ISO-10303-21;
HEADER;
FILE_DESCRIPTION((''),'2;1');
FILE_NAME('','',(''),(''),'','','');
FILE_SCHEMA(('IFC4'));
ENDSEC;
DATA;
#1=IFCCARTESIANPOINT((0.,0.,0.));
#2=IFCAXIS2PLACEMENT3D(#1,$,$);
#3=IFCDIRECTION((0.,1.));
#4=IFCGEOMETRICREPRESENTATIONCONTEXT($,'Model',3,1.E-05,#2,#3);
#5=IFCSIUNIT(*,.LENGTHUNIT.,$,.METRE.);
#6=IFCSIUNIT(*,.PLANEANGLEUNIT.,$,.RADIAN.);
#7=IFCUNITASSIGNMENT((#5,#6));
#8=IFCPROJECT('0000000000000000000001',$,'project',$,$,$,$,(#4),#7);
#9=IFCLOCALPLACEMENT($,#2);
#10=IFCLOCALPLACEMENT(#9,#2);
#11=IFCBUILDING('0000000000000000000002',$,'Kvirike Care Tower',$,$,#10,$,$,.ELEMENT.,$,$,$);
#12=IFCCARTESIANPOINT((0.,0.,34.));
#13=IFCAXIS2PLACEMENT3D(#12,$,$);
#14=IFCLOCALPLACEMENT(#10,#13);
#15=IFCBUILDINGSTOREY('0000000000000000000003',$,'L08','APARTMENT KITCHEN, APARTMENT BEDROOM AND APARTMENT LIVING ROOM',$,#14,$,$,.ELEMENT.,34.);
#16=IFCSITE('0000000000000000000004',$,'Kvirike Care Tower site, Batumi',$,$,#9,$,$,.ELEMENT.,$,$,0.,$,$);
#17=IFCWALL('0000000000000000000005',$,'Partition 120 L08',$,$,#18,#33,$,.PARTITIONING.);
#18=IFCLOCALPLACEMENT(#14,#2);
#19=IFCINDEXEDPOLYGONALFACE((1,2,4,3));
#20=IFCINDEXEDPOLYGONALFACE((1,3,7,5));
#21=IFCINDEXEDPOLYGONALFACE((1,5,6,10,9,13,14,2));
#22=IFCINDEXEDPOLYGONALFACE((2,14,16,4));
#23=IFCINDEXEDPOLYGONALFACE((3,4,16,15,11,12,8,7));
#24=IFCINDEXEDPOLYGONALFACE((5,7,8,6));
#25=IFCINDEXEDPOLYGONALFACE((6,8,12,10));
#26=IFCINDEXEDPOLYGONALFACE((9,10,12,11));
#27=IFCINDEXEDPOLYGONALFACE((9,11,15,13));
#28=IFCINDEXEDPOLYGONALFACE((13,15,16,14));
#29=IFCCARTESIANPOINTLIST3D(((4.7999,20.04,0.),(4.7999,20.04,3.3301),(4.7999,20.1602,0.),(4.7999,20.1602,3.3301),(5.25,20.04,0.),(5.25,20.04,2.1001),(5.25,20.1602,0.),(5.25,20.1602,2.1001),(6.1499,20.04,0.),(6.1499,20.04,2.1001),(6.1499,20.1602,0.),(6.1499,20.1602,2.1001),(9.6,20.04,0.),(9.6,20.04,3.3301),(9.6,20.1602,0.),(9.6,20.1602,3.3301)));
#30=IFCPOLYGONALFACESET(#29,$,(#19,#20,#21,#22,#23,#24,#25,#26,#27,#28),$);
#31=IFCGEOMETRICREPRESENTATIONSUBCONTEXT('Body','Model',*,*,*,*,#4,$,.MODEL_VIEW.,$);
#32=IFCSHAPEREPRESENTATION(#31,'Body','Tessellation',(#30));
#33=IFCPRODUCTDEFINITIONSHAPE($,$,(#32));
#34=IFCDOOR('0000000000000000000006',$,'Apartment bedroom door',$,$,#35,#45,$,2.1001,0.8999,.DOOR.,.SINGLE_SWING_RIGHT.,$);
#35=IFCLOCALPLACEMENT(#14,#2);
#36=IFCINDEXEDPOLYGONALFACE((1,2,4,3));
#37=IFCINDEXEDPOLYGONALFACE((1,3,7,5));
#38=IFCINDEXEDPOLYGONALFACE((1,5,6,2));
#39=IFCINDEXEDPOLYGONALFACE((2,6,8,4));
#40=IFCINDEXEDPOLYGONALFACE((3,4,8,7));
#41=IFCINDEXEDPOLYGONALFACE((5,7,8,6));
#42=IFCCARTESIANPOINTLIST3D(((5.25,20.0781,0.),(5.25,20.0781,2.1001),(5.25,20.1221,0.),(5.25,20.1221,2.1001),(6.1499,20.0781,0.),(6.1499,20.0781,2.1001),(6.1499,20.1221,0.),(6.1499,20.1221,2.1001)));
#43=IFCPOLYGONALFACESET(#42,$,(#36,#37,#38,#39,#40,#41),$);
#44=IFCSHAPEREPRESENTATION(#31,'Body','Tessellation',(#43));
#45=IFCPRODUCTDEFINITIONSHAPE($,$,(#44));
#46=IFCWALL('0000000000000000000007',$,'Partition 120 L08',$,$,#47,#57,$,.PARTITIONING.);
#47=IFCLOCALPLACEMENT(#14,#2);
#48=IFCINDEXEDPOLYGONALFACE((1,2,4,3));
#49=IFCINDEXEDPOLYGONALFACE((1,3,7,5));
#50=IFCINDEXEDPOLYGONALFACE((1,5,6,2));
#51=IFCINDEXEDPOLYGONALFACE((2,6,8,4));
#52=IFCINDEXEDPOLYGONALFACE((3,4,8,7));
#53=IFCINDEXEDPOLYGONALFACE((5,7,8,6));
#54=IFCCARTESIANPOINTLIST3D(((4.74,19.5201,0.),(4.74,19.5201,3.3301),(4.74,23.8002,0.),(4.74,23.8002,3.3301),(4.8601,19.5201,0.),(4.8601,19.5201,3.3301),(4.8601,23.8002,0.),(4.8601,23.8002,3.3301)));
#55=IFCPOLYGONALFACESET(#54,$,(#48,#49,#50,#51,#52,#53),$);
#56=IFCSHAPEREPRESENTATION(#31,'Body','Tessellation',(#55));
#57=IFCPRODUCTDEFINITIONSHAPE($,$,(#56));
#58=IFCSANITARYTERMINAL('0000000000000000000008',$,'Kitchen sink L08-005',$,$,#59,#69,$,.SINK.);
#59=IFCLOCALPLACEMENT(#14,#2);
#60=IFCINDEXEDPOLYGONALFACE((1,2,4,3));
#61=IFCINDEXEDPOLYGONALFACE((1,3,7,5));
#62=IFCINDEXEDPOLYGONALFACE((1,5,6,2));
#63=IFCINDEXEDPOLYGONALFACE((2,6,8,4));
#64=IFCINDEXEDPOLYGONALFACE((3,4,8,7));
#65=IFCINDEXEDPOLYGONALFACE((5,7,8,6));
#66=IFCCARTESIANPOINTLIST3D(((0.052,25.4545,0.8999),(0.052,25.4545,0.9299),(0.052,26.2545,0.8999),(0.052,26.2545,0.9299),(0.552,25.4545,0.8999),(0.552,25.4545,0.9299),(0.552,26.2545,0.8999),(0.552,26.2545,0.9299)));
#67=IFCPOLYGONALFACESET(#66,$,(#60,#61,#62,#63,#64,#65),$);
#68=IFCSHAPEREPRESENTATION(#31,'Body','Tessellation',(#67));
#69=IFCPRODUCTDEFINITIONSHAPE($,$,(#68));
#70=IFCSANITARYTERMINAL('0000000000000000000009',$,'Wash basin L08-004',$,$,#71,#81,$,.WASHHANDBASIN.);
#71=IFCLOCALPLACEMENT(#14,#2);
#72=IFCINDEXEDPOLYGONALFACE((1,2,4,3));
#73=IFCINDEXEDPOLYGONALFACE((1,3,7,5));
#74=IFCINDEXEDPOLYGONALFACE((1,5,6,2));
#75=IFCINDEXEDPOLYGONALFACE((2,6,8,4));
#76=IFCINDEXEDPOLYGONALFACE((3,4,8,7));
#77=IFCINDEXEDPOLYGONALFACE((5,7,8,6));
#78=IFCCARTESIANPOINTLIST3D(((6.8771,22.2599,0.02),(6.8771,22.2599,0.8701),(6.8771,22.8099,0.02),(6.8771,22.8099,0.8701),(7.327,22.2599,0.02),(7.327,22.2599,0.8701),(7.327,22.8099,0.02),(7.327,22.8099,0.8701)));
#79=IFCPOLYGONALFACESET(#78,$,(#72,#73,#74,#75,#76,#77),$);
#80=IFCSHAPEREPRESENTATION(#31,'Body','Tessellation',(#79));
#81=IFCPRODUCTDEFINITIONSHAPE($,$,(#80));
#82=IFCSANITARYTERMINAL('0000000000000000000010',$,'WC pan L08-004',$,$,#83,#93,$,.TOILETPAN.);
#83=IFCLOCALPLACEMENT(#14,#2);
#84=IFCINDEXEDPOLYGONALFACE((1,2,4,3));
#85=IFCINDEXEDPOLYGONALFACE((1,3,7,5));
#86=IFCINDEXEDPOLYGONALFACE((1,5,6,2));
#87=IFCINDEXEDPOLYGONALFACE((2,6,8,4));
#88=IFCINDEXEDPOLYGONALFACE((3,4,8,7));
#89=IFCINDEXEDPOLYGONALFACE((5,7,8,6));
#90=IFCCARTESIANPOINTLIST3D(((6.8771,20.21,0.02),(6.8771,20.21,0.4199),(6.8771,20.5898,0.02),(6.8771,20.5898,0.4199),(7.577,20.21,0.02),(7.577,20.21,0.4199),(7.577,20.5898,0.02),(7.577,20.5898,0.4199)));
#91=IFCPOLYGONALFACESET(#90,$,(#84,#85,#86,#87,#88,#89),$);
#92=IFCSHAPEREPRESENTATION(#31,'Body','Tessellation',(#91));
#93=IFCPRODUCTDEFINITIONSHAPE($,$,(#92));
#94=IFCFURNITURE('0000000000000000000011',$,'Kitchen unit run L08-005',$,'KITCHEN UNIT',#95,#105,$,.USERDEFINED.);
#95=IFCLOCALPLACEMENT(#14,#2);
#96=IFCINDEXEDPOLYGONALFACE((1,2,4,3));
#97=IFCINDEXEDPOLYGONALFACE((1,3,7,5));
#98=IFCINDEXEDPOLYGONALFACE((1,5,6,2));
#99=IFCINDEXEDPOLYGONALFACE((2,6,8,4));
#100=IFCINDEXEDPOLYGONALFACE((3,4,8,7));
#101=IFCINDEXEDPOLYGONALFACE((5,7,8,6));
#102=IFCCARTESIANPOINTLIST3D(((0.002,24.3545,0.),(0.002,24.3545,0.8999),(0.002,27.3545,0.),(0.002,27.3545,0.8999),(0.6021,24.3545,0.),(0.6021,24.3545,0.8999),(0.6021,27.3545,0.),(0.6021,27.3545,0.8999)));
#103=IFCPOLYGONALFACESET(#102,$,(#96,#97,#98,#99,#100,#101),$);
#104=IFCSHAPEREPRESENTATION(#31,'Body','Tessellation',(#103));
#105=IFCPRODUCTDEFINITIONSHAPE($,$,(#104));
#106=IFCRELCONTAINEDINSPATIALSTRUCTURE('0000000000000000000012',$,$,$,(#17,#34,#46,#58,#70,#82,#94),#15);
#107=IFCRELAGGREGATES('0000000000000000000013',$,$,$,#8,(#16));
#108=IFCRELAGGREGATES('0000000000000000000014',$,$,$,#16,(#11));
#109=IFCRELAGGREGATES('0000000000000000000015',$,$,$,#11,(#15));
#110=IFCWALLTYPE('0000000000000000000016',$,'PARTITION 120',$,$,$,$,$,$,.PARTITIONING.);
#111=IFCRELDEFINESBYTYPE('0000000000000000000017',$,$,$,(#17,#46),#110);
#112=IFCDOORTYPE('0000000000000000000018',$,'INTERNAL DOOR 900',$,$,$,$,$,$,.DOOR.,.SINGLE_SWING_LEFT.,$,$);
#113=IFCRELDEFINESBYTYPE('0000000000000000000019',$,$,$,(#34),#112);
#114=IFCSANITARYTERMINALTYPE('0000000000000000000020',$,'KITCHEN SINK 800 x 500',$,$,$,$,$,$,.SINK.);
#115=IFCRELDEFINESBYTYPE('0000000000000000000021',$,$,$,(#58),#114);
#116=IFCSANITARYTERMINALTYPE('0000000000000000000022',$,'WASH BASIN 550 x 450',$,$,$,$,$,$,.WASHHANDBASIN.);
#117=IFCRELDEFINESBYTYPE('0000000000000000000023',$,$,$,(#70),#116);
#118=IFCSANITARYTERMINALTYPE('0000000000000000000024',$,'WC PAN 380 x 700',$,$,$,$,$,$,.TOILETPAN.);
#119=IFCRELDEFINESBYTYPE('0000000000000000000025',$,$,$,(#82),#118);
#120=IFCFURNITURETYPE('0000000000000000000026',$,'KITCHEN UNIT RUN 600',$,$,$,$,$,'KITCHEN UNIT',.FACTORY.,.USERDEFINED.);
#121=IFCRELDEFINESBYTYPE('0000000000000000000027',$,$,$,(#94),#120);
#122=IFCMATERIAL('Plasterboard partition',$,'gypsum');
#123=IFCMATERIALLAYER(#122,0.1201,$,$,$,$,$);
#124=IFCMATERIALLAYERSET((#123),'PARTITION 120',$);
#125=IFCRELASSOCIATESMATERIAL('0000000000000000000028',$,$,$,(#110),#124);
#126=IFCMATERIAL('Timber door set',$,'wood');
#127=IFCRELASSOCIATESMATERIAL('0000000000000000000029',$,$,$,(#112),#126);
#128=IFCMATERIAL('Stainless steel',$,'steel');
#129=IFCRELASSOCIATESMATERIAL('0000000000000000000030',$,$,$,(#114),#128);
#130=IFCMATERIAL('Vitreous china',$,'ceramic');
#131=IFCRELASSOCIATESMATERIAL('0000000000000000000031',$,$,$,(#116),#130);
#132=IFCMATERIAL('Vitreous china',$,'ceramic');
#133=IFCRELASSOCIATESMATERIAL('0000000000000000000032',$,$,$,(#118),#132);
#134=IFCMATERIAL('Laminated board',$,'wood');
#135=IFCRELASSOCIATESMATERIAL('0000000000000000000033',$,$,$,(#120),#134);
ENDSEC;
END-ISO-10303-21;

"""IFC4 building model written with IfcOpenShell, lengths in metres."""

from ifc_helpers import new_model, si_unit, direction, frame, frame_2d, origin, origin_2d, place, context, subcontext, project, spatial, rectangle, extrude, material, layer, layer_set, type_object, element, fill, save


model = new_model("IFC4")

# Units and contexts
model_context = context("Model", 3, precision=1e-05, world=origin(), true_north=direction((0.0, 1.0)))
body_context = subcontext(model_context, "Body", "Model", "MODEL_VIEW")
ifc_project = project(units=[si_unit("LENGTHUNIT", "METRE"), si_unit("PLANEANGLEUNIT", "RADIAN")], contexts=[model_context])

# Site, building, storey
site_placement = place(None, origin())
site = spatial("IfcSite", under=ifc_project, at=site_placement, Name="Kvirike Care Tower site, Batumi", CompositionType="ELEMENT", RefElevation=0.0)
building_placement = place(site_placement, origin())
building = spatial("IfcBuilding", under=site, at=building_placement, Name="Kvirike Care Tower", CompositionType="ELEMENT")
storey_placement = place(building_placement, frame((0.0, 0.0, 34.0)))
storey = spatial("IfcBuildingStorey", under=building, at=storey_placement, Name="L08", Description="APARTMENT KITCHEN, APARTMENT BEDROOM AND APARTMENT LIVING ROOM", CompositionType="ELEMENT", Elevation=34.0)

# Wall, opening, door
ifc_material_1 = material(Name="Plasterboard partition", Category="gypsum")
ifc_layer_1 = layer(ifc_material_1, 0.1201)
ifc_layer_set_1 = layer_set([ifc_layer_1], Name="PARTITION 120")
wall_type_1 = type_object("IfcWallType", Name="PARTITION 120", PredefinedType="PARTITIONING", material=ifc_layer_set_1)
ifc_material_2 = material(Name="Timber door set", Category="wood")
door_type_1 = type_object("IfcDoorType", Name="INTERNAL DOOR 900", OperationType="SINGLE_SWING_LEFT", PredefinedType="DOOR", material=ifc_material_2)
wall_1_placement = place(storey_placement, frame((4.8, 20.1001, 0.0), z_axis=(0.0, 0.0, 1.0), x_axis=(1.0, 0.0, 0.0)))
wall_1 = element("IfcWall", 1, at=wall_1_placement, inside=storey, type_object=wall_type_1, Name="Partition 120 L08", PredefinedType="PARTITIONING", context=body_context, shape_type="SweptSolid", body=[
    extrude(rectangle(XDim=4.8, YDim=0.1201, at=frame_2d((2.3999, 0.0))), origin(), (0.0, 0.0, 1.0), 3.3301),
])
opening_1_placement = place(wall_1_placement, frame((0.45, 0.0, 0.0)))
opening_1 = element("IfcOpeningElement", 2, at=opening_1_placement, cuts=wall_1, PredefinedType="OPENING", context=body_context, shape_type="SweptSolid", body=[
    extrude(rectangle(XDim=0.8999, YDim=2.1001, at=frame_2d((0.45, 1.05))), frame((0.0, 0.0706, 0.0), z_axis=(0.0, -1.0, 0.0), x_axis=(1.0, 0.0, 0.0)), (0.0, 0.0, 1.0), 0.1411),
])
door_1_placement = place(opening_1_placement, origin())
door_1 = element("IfcDoor", 3, at=door_1_placement, inside=storey, type_object=door_type_1, Name="Apartment bedroom door", OperationType="SINGLE_SWING_RIGHT", OverallHeight=2.1001, OverallWidth=0.8999, PredefinedType="DOOR", context=body_context, shape_type="SweptSolid", body=[
    extrude(rectangle(XDim=0.8999, YDim=2.1001, at=frame_2d((0.45, 1.05))), frame((0.0, 0.022, 0.0), z_axis=(0.0, -1.0, 0.0), x_axis=(1.0, 0.0, 0.0)), (0.0, 0.0, 1.0), 0.0439),
])
fill(opening_1, door_1)

# Wall
wall_2_placement = place(storey_placement, frame((4.8, 19.52, 0.0), z_axis=(0.0, 0.0, 1.0), x_axis=(0.0, 1.0, 0.0)))
element("IfcWall", 4, at=wall_2_placement, inside=storey, type_object=wall_type_1, Name="Partition 120 L08", PredefinedType="PARTITIONING", context=body_context, shape_type="SweptSolid", body=[
    extrude(rectangle(XDim=4.28, YDim=0.1201, at=frame_2d((2.1401, 0.0))), origin(), (0.0, 0.0, 1.0), 3.3301),
])

# Sanitary terminals
ifc_material_3 = material(Name="Stainless steel", Category="steel")
sanitary_terminal_type_1 = type_object("IfcSanitaryTerminalType", Name="KITCHEN SINK 800 x 500", PredefinedType="SINK", material=ifc_material_3)
sanitary_terminal_1_placement = place(storey_placement, frame((0.302, 25.8545, 0.8999), z_axis=(0.0, 0.0, 1.0), x_axis=(0.0, 1.0, 0.0)))
element("IfcSanitaryTerminal", 5, at=sanitary_terminal_1_placement, inside=storey, type_object=sanitary_terminal_type_1, Name="Kitchen sink L08-005", PredefinedType="SINK", context=body_context, shape_type="SweptSolid", body=[
    extrude(rectangle(XDim=0.8, YDim=0.5, at=origin_2d()), origin(), (0.0, 0.0, 1.0), 0.03),
])
ifc_material_4 = material(Name="Vitreous china", Category="ceramic")
sanitary_terminal_type_2 = type_object("IfcSanitaryTerminalType", Name="WASH BASIN 550 x 450", PredefinedType="WASHHANDBASIN", material=ifc_material_4)
sanitary_terminal_2_placement = place(storey_placement, frame((7.1021, 22.5349, 0.02), z_axis=(0.0, 0.0, 1.0), x_axis=(0.0, 1.0, 0.0)))
element("IfcSanitaryTerminal", 6, at=sanitary_terminal_2_placement, inside=storey, type_object=sanitary_terminal_type_2, Name="Wash basin L08-004", PredefinedType="WASHHANDBASIN", context=body_context, shape_type="SweptSolid", body=[
    extrude(rectangle(XDim=0.55, YDim=0.45, at=origin_2d()), origin(), (0.0, 0.0, 1.0), 0.8501),
])
ifc_material_5 = material(Name="Vitreous china", Category="ceramic")
sanitary_terminal_type_3 = type_object("IfcSanitaryTerminalType", Name="WC PAN 380 x 700", PredefinedType="TOILETPAN", material=ifc_material_5)
sanitary_terminal_3_placement = place(storey_placement, frame((7.2271, 20.3999, 0.02), z_axis=(0.0, 0.0, 1.0), x_axis=(0.0, 1.0, 0.0)))
element("IfcSanitaryTerminal", 7, at=sanitary_terminal_3_placement, inside=storey, type_object=sanitary_terminal_type_3, Name="WC pan L08-004", PredefinedType="TOILETPAN", context=body_context, shape_type="SweptSolid", body=[
    extrude(rectangle(XDim=0.3799, YDim=0.7, at=origin_2d()), origin(), (0.0, 0.0, 1.0), 0.3999),
])

# Furniture
ifc_material_6 = material(Name="Laminated board", Category="wood")
furniture_type = type_object("IfcFurnitureType", Name="KITCHEN UNIT RUN 600", ElementType="KITCHEN UNIT", AssemblyPlace="FACTORY", PredefinedType="USERDEFINED", material=ifc_material_6)
furniture_placement = place(storey_placement, frame((0.302, 25.8545, 0.0), z_axis=(0.0, 0.0, 1.0), x_axis=(0.0, 1.0, 0.0)))
element("IfcFurniture", 8, at=furniture_placement, inside=storey, type_object=furniture_type, Name="Kitchen unit run L08-005", ObjectType="KITCHEN UNIT", PredefinedType="USERDEFINED", context=body_context, shape_type="SweptSolid", body=[
    extrude(rectangle(XDim=3.0, YDim=0.6001, at=origin_2d()), origin(), (0.0, 0.0, 1.0), 0.8999),
])

save(model, "model.ifc")
